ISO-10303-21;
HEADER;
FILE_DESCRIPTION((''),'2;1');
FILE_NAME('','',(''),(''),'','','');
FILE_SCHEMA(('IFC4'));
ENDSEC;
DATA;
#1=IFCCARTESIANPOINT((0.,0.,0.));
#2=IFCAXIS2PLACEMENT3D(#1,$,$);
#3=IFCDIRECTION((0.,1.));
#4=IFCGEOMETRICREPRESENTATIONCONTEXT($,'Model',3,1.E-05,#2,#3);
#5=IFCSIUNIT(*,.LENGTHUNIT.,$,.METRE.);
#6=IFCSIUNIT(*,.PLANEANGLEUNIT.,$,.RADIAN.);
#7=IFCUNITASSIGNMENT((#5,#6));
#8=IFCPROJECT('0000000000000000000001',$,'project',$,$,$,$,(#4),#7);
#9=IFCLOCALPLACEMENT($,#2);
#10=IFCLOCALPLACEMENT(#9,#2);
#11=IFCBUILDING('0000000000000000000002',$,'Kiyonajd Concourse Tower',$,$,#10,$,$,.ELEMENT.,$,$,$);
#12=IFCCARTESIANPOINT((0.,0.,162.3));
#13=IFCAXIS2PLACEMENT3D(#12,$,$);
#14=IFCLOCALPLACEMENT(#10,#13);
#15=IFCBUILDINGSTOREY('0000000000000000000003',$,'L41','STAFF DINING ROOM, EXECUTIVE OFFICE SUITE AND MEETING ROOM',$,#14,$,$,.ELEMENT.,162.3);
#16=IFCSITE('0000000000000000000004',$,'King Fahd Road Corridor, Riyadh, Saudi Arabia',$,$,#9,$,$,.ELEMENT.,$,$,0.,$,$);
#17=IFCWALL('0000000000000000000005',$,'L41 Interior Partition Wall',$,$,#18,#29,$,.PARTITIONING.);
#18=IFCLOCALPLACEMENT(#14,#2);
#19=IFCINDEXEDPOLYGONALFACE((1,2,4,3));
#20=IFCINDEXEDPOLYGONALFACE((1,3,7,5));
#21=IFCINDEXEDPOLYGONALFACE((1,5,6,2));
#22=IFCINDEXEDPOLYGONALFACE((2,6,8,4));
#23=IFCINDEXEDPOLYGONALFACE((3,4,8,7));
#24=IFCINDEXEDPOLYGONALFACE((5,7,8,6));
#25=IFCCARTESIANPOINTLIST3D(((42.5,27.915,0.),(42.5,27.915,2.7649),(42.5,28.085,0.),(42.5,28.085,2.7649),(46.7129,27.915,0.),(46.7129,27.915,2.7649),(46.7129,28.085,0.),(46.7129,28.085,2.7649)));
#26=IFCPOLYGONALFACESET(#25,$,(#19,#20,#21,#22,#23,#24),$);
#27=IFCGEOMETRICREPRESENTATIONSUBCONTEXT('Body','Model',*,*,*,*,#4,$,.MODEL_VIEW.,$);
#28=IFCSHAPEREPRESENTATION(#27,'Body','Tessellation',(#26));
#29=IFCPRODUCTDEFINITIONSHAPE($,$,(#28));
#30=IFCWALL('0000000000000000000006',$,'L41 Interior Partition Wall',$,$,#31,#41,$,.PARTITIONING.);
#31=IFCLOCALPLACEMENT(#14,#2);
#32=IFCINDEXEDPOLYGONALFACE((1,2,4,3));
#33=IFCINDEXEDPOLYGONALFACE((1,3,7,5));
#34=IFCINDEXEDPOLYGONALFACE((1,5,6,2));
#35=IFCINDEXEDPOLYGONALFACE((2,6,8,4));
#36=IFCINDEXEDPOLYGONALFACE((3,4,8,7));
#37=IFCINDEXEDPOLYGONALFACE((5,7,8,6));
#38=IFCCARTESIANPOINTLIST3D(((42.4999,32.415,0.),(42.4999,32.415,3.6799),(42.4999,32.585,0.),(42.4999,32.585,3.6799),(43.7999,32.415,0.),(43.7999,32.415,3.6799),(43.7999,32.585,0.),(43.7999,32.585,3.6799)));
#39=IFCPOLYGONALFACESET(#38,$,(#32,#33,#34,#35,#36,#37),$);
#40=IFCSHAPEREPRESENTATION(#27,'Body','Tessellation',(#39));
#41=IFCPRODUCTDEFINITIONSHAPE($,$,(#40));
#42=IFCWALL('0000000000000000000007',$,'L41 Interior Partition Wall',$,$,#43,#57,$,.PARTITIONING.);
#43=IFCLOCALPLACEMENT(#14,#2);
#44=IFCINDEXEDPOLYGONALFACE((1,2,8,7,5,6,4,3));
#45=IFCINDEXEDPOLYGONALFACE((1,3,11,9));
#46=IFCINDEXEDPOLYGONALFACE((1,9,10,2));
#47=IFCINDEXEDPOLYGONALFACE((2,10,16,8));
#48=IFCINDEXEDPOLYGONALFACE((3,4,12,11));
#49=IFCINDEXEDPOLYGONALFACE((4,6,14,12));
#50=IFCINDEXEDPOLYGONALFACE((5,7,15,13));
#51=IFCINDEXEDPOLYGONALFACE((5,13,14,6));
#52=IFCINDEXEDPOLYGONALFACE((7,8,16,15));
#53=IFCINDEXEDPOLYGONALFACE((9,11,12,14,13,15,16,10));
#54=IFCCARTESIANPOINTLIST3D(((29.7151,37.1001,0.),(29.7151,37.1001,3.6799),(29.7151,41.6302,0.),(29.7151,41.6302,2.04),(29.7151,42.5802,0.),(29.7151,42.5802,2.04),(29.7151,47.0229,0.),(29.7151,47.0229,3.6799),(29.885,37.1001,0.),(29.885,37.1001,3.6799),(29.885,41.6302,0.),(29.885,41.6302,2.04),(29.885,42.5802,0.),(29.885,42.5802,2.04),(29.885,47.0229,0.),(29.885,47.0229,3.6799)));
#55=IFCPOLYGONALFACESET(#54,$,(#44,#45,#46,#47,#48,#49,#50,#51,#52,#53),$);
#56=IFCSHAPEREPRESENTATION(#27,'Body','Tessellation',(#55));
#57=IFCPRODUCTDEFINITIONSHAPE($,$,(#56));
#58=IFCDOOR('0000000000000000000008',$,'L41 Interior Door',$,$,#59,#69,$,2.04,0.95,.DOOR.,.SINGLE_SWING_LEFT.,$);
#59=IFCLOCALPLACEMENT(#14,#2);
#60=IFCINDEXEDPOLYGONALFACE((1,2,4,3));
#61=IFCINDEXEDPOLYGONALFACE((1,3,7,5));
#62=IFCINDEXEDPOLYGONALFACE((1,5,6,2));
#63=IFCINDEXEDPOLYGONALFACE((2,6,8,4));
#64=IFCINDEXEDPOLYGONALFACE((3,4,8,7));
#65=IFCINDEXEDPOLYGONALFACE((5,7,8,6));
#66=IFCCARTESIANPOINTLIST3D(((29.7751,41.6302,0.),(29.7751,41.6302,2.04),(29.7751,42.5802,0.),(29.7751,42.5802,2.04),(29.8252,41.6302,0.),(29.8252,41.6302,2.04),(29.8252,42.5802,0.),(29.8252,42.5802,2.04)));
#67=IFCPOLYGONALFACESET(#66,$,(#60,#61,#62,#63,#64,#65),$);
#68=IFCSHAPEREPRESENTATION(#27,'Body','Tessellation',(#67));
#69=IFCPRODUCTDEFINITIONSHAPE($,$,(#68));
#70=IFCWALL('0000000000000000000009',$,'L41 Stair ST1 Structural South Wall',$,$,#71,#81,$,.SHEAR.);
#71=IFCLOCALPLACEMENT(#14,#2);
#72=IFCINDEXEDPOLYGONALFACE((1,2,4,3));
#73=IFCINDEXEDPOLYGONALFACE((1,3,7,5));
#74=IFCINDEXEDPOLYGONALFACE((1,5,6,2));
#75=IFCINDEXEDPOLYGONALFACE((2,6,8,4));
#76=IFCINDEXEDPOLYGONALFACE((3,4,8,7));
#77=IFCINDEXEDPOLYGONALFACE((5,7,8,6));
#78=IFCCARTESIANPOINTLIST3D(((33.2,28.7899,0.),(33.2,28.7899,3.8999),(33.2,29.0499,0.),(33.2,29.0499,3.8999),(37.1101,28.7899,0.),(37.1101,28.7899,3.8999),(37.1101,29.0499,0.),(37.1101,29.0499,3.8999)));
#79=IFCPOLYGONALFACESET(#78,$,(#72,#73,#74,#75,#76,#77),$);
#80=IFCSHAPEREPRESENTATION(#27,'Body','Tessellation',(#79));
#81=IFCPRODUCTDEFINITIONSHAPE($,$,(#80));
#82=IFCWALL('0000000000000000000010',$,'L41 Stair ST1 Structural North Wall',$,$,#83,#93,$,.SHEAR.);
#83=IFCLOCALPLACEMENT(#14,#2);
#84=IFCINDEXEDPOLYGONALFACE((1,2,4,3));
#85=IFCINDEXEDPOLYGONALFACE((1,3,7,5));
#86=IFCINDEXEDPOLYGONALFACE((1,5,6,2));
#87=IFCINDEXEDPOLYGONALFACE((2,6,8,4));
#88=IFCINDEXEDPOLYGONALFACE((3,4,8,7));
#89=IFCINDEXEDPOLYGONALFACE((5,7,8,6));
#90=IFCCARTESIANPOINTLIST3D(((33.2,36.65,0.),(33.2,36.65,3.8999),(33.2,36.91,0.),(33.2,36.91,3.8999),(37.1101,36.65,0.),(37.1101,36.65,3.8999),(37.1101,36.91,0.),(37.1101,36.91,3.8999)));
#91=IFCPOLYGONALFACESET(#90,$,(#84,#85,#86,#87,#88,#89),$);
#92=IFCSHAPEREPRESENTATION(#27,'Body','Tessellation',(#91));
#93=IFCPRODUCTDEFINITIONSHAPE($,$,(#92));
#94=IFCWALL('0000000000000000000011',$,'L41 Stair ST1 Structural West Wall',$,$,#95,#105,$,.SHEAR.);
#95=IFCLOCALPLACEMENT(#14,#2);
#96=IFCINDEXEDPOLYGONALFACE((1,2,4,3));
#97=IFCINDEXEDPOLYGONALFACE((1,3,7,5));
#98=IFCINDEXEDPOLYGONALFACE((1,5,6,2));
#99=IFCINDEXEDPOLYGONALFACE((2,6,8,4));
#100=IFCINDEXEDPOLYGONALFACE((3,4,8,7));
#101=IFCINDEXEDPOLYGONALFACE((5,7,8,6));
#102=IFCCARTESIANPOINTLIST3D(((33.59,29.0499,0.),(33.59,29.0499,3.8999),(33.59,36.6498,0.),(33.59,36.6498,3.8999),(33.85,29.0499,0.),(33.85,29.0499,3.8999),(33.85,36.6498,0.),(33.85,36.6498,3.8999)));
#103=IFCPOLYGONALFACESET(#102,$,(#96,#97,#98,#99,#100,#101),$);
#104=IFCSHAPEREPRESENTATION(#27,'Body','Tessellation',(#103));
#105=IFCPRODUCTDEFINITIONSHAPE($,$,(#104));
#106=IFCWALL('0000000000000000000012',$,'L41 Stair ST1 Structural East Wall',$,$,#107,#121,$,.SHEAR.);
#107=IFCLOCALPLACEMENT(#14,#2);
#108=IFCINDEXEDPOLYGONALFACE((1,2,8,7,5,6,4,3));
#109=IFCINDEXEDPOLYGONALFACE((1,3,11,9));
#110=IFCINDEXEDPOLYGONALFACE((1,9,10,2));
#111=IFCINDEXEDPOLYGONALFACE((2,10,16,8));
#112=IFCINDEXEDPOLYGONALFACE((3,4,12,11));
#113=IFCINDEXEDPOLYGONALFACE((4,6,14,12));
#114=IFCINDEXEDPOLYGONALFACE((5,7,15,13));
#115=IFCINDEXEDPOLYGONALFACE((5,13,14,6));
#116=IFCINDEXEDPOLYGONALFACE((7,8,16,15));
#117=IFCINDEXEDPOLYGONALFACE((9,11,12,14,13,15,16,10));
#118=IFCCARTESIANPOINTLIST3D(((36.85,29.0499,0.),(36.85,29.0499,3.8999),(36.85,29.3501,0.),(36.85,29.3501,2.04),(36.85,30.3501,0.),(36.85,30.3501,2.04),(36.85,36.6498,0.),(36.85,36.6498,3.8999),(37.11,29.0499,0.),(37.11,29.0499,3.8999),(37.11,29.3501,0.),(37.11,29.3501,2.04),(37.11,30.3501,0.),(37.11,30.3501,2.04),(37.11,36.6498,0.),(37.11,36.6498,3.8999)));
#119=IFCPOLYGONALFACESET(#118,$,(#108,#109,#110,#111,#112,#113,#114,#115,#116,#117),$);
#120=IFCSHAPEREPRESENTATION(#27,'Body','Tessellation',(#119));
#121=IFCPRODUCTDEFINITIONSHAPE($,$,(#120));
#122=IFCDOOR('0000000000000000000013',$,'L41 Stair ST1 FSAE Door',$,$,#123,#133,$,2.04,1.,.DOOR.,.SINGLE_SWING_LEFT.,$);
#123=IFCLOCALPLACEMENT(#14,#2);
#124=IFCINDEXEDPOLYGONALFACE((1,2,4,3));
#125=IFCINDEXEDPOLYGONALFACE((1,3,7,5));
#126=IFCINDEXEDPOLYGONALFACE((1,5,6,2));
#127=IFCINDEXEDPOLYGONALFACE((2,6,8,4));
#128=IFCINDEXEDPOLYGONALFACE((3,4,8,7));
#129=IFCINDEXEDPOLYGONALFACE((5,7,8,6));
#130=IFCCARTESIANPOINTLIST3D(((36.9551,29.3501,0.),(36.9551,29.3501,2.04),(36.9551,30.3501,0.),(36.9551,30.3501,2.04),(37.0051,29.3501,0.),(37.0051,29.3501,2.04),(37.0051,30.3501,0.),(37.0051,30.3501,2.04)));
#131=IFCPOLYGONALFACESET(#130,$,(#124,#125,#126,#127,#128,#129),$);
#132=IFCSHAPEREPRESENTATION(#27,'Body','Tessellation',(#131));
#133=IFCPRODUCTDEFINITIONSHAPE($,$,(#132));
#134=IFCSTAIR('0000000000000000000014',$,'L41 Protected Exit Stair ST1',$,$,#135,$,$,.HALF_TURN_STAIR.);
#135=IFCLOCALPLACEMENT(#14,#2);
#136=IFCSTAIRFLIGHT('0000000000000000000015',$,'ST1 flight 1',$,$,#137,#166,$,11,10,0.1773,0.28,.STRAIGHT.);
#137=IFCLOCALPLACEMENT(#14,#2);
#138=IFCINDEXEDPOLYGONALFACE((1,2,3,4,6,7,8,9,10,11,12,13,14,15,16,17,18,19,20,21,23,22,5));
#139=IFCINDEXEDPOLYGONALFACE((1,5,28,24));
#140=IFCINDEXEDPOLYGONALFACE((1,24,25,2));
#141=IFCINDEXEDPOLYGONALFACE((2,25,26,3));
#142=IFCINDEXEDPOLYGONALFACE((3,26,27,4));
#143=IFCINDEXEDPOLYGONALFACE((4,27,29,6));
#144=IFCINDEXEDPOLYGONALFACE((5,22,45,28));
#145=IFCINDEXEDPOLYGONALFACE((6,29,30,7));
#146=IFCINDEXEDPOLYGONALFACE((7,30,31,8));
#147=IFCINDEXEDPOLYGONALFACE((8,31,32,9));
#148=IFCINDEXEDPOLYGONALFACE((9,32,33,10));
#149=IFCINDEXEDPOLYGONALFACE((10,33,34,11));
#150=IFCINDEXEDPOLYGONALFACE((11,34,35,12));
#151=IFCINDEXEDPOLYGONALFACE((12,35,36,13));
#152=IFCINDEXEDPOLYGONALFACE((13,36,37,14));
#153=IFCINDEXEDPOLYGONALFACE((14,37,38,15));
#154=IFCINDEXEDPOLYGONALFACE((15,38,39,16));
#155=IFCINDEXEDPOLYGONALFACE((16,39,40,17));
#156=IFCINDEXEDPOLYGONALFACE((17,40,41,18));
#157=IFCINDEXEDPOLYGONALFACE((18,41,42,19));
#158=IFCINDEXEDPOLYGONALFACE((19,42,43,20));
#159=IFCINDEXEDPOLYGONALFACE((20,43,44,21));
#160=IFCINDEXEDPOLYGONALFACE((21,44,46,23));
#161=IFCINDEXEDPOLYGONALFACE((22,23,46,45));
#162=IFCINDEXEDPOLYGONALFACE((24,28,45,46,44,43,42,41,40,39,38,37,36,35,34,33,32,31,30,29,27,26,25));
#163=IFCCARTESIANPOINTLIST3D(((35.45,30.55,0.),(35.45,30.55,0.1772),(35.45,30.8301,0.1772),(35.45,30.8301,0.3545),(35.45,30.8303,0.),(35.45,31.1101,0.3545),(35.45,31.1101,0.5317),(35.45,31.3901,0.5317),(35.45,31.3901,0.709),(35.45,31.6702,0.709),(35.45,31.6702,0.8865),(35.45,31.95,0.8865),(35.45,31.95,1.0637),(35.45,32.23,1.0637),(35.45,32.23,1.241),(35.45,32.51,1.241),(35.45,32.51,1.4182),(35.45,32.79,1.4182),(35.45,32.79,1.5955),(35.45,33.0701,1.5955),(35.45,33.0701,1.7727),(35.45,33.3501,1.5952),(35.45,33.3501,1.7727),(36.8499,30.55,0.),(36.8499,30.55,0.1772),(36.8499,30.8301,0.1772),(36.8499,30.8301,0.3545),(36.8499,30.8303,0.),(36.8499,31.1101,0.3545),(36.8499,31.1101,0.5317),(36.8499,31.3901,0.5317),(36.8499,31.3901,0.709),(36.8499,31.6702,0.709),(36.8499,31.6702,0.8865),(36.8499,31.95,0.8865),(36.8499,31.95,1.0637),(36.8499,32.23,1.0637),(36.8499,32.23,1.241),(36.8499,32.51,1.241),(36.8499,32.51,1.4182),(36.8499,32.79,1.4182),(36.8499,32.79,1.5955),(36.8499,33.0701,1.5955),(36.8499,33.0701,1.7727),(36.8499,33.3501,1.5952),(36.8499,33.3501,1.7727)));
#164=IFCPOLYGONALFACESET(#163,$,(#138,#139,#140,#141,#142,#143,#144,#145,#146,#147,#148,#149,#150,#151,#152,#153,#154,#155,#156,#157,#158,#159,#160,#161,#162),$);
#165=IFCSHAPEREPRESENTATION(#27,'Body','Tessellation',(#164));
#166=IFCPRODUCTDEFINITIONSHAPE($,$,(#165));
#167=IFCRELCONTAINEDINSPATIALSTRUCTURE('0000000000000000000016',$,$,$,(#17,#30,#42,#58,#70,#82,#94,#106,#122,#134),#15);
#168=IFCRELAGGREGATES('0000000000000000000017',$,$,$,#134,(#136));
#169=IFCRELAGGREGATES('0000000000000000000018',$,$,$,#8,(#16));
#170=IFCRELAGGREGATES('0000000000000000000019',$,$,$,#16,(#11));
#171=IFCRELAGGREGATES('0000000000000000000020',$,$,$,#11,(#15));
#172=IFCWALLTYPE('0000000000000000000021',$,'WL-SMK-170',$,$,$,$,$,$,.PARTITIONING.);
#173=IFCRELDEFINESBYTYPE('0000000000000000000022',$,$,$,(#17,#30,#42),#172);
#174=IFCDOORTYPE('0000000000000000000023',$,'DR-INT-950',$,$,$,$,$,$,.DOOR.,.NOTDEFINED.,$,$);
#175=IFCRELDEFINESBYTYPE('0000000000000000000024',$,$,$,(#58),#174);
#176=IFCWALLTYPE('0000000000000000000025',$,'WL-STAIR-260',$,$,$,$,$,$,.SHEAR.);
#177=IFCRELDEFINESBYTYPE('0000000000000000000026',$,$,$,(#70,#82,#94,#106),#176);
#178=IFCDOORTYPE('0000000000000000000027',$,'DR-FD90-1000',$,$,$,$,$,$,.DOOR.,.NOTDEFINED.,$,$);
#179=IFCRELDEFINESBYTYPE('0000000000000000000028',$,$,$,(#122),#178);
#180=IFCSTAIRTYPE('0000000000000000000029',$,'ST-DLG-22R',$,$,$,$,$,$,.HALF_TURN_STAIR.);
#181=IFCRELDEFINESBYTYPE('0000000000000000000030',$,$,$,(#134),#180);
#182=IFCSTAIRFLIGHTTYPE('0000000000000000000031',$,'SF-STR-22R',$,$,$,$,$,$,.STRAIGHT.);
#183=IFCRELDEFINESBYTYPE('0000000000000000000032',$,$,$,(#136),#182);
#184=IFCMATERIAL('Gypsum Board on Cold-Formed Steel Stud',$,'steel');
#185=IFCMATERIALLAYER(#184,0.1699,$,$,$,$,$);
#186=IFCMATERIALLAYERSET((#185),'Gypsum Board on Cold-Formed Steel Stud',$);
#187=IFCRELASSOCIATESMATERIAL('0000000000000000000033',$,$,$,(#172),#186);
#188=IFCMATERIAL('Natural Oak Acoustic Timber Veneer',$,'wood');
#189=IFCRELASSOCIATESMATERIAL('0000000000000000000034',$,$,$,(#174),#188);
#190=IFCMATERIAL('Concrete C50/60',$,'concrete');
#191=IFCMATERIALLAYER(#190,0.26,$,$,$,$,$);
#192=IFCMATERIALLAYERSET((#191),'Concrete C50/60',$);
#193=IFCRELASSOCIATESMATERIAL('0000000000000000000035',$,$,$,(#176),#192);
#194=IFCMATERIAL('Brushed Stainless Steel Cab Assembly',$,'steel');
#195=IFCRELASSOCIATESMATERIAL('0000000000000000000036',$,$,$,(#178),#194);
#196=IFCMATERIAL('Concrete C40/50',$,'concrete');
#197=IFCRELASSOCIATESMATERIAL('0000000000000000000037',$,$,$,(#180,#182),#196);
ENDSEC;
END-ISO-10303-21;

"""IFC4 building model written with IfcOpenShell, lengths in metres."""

from ifc_helpers import new_model, si_unit, direction, frame, frame_2d, origin, place, context, subcontext, project, spatial, polyline, rectangle, outline, extrude, material, layer, layer_set, type_object, element, fill, aggregate, save


model = new_model("IFC4")

# Units and contexts
model_context = context("Model", 3, precision=1e-05, world=origin(), true_north=direction((0.0, 1.0)))
body_context = subcontext(model_context, "Body", "Model", "MODEL_VIEW")
ifc_project = project(units=[si_unit("LENGTHUNIT", "METRE"), si_unit("PLANEANGLEUNIT", "RADIAN")], contexts=[model_context])

# Site, building, storey
site_placement = place(None, origin())
site = spatial("IfcSite", under=ifc_project, at=site_placement, Name="King Fahd Road Corridor, Riyadh, Saudi Arabia", CompositionType="ELEMENT", RefElevation=0.0)
building_placement = place(site_placement, origin())
building = spatial("IfcBuilding", under=site, at=building_placement, Name="Kiyonajd Concourse Tower", CompositionType="ELEMENT")
storey_placement = place(building_placement, frame((0.0, 0.0, 162.3)))
storey = spatial("IfcBuildingStorey", under=building, at=storey_placement, Name="L41", Description="STAFF DINING ROOM, EXECUTIVE OFFICE SUITE AND MEETING ROOM", CompositionType="ELEMENT", Elevation=162.3)

# Shared definitions
ifc_material_1 = material(Name="Concrete C50/60", Category="concrete")

# Shared definitions
ifc_material_2 = material(Name="Gypsum Board on Cold-Formed Steel Stud", Category="steel")
ifc_material_3 = material(Name="Brushed Stainless Steel Cab Assembly", Category="steel")

# Walls
ifc_layer_1 = layer(ifc_material_2, 0.1699)
ifc_layer_set_1 = layer_set([ifc_layer_1], Name="Gypsum Board on Cold-Formed Steel Stud")
wall_type_1 = type_object("IfcWallType", Name="WL-SMK-170", PredefinedType="PARTITIONING", material=ifc_layer_set_1)
wall_1_placement = place(storey_placement, frame((42.5, 28.0, 0.0), z_axis=(0.0, 0.0, 1.0), x_axis=(1.0, 0.0, 0.0)))
element("IfcWall", 1, at=wall_1_placement, inside=storey, type_object=wall_type_1, Name="L41 Interior Partition Wall", PredefinedType="PARTITIONING", context=body_context, shape_type="SweptSolid", body=[
    extrude(rectangle(XDim=4.2129, YDim=0.1699, at=frame_2d((2.1064, 0.0))), origin(), (0.0, 0.0, 1.0), 2.7649),
])
wall_2_placement = place(storey_placement, frame((42.5, 32.5, 0.0), z_axis=(0.0, 0.0, 1.0), x_axis=(1.0, 0.0, 0.0)))
element("IfcWall", 2, at=wall_2_placement, inside=storey, type_object=wall_type_1, Name="L41 Interior Partition Wall", PredefinedType="PARTITIONING", context=body_context, shape_type="SweptSolid", body=[
    extrude(rectangle(XDim=1.3, YDim=0.1699, at=frame_2d((0.6499, 0.0))), origin(), (0.0, 0.0, 1.0), 3.6799),
])

# Wall, opening, door
wall_3_placement = place(storey_placement, frame((29.8, 37.1001, 0.0), z_axis=(0.0, 0.0, 1.0), x_axis=(0.0, 1.0, 0.0)))
wall_3 = element("IfcWall", 3, at=wall_3_placement, inside=storey, type_object=wall_type_1, Name="L41 Interior Partition Wall", PredefinedType="PARTITIONING", context=body_context, shape_type="SweptSolid", body=[
    extrude(rectangle(XDim=9.9229, YDim=0.1699, at=frame_2d((4.9614, 0.0))), origin(), (0.0, 0.0, 1.0), 3.6799),
])
opening_1_placement = place(wall_3_placement, frame((4.53, 0.0, 0.0)))
opening_1 = element("IfcOpeningElement", 4, at=opening_1_placement, cuts=wall_3, PredefinedType="OPENING", context=body_context, shape_type="SweptSolid", body=[
    extrude(rectangle(XDim=0.95, YDim=2.04, at=frame_2d((0.4751, 1.02))), frame((0.0, 0.095, 0.0), z_axis=(0.0, -1.0, 0.0), x_axis=(1.0, 0.0, 0.0)), (0.0, 0.0, 1.0), 0.1899),
])
ifc_material_4 = material(Name="Natural Oak Acoustic Timber Veneer", Category="wood")
door_type_1 = type_object("IfcDoorType", Name="DR-INT-950", OperationType="NOTDEFINED", PredefinedType="DOOR", material=ifc_material_4)
door_1_placement = place(opening_1_placement, origin())
door_1 = element("IfcDoor", 5, at=door_1_placement, inside=storey, type_object=door_type_1, Name="L41 Interior Door", OperationType="SINGLE_SWING_LEFT", OverallHeight=2.04, OverallWidth=0.95, PredefinedType="DOOR", context=body_context, shape_type="SweptSolid", body=[
    extrude(rectangle(XDim=0.95, YDim=2.04, at=frame_2d((0.4751, 1.02))), frame((0.0, 0.0249, 0.0), z_axis=(0.0, -1.0, 0.0), x_axis=(1.0, 0.0, 0.0)), (0.0, 0.0, 1.0), 0.05),
])
fill(opening_1, door_1)

# Walls
ifc_layer_2 = layer(ifc_material_1, 0.26)
ifc_layer_set_2 = layer_set([ifc_layer_2], Name="Concrete C50/60")
wall_type_2 = type_object("IfcWallType", Name="WL-STAIR-260", PredefinedType="SHEAR", material=ifc_layer_set_2)
for number, where, z_axis, x_axis, name in (
    (6, (33.2, 28.9199, 0.0), (0.0, 0.0, 1.0), (1.0, 0.0, 0.0), "L41 Stair ST1 Structural South Wall"),
    (7, (33.2, 36.78, 0.0), (0.0, 0.0, 1.0), (1.0, 0.0, 0.0), "L41 Stair ST1 Structural North Wall"),
):
    element("IfcWall", number, at=place(storey_placement, frame(where, z_axis=z_axis, x_axis=x_axis)), inside=storey, type_object=wall_type_2, Name=name, PredefinedType="SHEAR", context=body_context, shape_type="SweptSolid", body=[
        extrude(rectangle(XDim=3.9102, YDim=0.26, at=frame_2d((1.9551, 0.0))), origin(), (0.0, 0.0, 1.0), 3.8999),
    ])
wall_4_placement = place(storey_placement, frame((33.72, 29.05, 0.0), z_axis=(0.0, 0.0, 1.0), x_axis=(0.0, 1.0, 0.0)))
element("IfcWall", 8, at=wall_4_placement, inside=storey, type_object=wall_type_2, Name="L41 Stair ST1 Structural West Wall", PredefinedType="SHEAR", context=body_context, shape_type="SweptSolid", body=[
    extrude(rectangle(XDim=7.5999, YDim=0.26, at=frame_2d((3.7998, 0.0))), origin(), (0.0, 0.0, 1.0), 3.8999),
])

# Wall, opening, door
wall_5_placement = place(storey_placement, frame((36.98, 29.05, 0.0), z_axis=(0.0, 0.0, 1.0), x_axis=(0.0, 1.0, 0.0)))
wall_5 = element("IfcWall", 9, at=wall_5_placement, inside=storey, type_object=wall_type_2, Name="L41 Stair ST1 Structural East Wall", PredefinedType="SHEAR", context=body_context, shape_type="SweptSolid", body=[
    extrude(rectangle(XDim=7.5999, YDim=0.26, at=frame_2d((3.7998, 0.0))), origin(), (0.0, 0.0, 1.0), 3.8999),
])
opening_2_placement = place(wall_5_placement, frame((0.3, 0.0, 0.0)))
opening_2 = element("IfcOpeningElement", 10, at=opening_2_placement, cuts=wall_5, PredefinedType="OPENING", context=body_context, shape_type="SweptSolid", body=[
    extrude(rectangle(XDim=1.0, YDim=2.04, at=frame_2d((0.5, 1.02))), frame((0.0, 0.1399, 0.0), z_axis=(0.0, -1.0, 0.0), x_axis=(1.0, 0.0, 0.0)), (0.0, 0.0, 1.0), 0.28),
])
door_type_2 = type_object("IfcDoorType", Name="DR-FD90-1000", OperationType="NOTDEFINED", PredefinedType="DOOR", material=ifc_material_3)
door_2_placement = place(opening_2_placement, origin())
door_2 = element("IfcDoor", 11, at=door_2_placement, inside=storey, type_object=door_type_2, Name="L41 Stair ST1 FSAE Door", OperationType="SINGLE_SWING_LEFT", OverallHeight=2.04, OverallWidth=1.0, PredefinedType="DOOR", context=body_context, shape_type="SweptSolid", body=[
    extrude(rectangle(XDim=1.0, YDim=2.04, at=frame_2d((0.5, 1.02))), frame((0.0, 0.0249, 0.0), z_axis=(0.0, -1.0, 0.0), x_axis=(1.0, 0.0, 0.0)), (0.0, 0.0, 1.0), 0.05),
])
fill(opening_2, door_2)

# Stair, stair flight
ifc_material_5 = material(Name="Concrete C40/50", Category="concrete")
stair_type = type_object("IfcStairType", Name="ST-DLG-22R", PredefinedType="HALF_TURN_STAIR", material=ifc_material_5)
stair_placement = place(storey_placement, origin())
stair = element("IfcStair", 12, at=stair_placement, inside=storey, type_object=stair_type, Name="L41 Protected Exit Stair ST1", PredefinedType="HALF_TURN_STAIR")
stair_flight_type = type_object("IfcStairFlightType", Name="SF-STR-22R", PredefinedType="STRAIGHT", material=ifc_material_5)
stair_flight_1_placement = place(storey_placement, frame((36.1499, 30.55, 0.0), z_axis=(0.0, 0.0, 1.0), x_axis=(0.0, 1.0, 0.0)))
stair_flight_1 = element("IfcStairFlight", 13, at=stair_flight_1_placement, type_object=stair_flight_type, Name="ST1 flight 1", NumberOfRisers=11, NumberOfTreads=10, PredefinedType="STRAIGHT", RiserHeight=0.1773, TreadLength=0.28, context=body_context, shape_type="SweptSolid", body=[
    extrude(outline(polyline([(0.0, 0.0), (0.0, 0.1772), (0.28, 0.1772), (0.28, 0.3545), (0.5601, 0.3545), (0.5601, 0.5317), (0.8401, 0.5317), (0.8401, 0.709), (1.1201, 0.709), (1.1201, 0.8865), (1.3999, 0.8865), (1.3999, 1.0637), (1.6799, 1.0637), (1.6799, 1.241), (1.96, 1.241), (1.96, 1.4182), (2.24, 1.4182), (2.24, 1.5955), (2.52, 1.5955), (2.52, 1.7727), (2.8, 1.7727), (2.8, 1.95), (2.8, 1.5952), (0.2803, 0.0), (0.0, 0.0)])), frame((0.0, 0.7, 0.0), z_axis=(0.0, -1.0, 0.0), x_axis=(1.0, 0.0, 0.0)), (0.0, 0.0, 1.0), 1.3999),
])
aggregate(stair, [stair_flight_1])

save(model, "model.ifc")
